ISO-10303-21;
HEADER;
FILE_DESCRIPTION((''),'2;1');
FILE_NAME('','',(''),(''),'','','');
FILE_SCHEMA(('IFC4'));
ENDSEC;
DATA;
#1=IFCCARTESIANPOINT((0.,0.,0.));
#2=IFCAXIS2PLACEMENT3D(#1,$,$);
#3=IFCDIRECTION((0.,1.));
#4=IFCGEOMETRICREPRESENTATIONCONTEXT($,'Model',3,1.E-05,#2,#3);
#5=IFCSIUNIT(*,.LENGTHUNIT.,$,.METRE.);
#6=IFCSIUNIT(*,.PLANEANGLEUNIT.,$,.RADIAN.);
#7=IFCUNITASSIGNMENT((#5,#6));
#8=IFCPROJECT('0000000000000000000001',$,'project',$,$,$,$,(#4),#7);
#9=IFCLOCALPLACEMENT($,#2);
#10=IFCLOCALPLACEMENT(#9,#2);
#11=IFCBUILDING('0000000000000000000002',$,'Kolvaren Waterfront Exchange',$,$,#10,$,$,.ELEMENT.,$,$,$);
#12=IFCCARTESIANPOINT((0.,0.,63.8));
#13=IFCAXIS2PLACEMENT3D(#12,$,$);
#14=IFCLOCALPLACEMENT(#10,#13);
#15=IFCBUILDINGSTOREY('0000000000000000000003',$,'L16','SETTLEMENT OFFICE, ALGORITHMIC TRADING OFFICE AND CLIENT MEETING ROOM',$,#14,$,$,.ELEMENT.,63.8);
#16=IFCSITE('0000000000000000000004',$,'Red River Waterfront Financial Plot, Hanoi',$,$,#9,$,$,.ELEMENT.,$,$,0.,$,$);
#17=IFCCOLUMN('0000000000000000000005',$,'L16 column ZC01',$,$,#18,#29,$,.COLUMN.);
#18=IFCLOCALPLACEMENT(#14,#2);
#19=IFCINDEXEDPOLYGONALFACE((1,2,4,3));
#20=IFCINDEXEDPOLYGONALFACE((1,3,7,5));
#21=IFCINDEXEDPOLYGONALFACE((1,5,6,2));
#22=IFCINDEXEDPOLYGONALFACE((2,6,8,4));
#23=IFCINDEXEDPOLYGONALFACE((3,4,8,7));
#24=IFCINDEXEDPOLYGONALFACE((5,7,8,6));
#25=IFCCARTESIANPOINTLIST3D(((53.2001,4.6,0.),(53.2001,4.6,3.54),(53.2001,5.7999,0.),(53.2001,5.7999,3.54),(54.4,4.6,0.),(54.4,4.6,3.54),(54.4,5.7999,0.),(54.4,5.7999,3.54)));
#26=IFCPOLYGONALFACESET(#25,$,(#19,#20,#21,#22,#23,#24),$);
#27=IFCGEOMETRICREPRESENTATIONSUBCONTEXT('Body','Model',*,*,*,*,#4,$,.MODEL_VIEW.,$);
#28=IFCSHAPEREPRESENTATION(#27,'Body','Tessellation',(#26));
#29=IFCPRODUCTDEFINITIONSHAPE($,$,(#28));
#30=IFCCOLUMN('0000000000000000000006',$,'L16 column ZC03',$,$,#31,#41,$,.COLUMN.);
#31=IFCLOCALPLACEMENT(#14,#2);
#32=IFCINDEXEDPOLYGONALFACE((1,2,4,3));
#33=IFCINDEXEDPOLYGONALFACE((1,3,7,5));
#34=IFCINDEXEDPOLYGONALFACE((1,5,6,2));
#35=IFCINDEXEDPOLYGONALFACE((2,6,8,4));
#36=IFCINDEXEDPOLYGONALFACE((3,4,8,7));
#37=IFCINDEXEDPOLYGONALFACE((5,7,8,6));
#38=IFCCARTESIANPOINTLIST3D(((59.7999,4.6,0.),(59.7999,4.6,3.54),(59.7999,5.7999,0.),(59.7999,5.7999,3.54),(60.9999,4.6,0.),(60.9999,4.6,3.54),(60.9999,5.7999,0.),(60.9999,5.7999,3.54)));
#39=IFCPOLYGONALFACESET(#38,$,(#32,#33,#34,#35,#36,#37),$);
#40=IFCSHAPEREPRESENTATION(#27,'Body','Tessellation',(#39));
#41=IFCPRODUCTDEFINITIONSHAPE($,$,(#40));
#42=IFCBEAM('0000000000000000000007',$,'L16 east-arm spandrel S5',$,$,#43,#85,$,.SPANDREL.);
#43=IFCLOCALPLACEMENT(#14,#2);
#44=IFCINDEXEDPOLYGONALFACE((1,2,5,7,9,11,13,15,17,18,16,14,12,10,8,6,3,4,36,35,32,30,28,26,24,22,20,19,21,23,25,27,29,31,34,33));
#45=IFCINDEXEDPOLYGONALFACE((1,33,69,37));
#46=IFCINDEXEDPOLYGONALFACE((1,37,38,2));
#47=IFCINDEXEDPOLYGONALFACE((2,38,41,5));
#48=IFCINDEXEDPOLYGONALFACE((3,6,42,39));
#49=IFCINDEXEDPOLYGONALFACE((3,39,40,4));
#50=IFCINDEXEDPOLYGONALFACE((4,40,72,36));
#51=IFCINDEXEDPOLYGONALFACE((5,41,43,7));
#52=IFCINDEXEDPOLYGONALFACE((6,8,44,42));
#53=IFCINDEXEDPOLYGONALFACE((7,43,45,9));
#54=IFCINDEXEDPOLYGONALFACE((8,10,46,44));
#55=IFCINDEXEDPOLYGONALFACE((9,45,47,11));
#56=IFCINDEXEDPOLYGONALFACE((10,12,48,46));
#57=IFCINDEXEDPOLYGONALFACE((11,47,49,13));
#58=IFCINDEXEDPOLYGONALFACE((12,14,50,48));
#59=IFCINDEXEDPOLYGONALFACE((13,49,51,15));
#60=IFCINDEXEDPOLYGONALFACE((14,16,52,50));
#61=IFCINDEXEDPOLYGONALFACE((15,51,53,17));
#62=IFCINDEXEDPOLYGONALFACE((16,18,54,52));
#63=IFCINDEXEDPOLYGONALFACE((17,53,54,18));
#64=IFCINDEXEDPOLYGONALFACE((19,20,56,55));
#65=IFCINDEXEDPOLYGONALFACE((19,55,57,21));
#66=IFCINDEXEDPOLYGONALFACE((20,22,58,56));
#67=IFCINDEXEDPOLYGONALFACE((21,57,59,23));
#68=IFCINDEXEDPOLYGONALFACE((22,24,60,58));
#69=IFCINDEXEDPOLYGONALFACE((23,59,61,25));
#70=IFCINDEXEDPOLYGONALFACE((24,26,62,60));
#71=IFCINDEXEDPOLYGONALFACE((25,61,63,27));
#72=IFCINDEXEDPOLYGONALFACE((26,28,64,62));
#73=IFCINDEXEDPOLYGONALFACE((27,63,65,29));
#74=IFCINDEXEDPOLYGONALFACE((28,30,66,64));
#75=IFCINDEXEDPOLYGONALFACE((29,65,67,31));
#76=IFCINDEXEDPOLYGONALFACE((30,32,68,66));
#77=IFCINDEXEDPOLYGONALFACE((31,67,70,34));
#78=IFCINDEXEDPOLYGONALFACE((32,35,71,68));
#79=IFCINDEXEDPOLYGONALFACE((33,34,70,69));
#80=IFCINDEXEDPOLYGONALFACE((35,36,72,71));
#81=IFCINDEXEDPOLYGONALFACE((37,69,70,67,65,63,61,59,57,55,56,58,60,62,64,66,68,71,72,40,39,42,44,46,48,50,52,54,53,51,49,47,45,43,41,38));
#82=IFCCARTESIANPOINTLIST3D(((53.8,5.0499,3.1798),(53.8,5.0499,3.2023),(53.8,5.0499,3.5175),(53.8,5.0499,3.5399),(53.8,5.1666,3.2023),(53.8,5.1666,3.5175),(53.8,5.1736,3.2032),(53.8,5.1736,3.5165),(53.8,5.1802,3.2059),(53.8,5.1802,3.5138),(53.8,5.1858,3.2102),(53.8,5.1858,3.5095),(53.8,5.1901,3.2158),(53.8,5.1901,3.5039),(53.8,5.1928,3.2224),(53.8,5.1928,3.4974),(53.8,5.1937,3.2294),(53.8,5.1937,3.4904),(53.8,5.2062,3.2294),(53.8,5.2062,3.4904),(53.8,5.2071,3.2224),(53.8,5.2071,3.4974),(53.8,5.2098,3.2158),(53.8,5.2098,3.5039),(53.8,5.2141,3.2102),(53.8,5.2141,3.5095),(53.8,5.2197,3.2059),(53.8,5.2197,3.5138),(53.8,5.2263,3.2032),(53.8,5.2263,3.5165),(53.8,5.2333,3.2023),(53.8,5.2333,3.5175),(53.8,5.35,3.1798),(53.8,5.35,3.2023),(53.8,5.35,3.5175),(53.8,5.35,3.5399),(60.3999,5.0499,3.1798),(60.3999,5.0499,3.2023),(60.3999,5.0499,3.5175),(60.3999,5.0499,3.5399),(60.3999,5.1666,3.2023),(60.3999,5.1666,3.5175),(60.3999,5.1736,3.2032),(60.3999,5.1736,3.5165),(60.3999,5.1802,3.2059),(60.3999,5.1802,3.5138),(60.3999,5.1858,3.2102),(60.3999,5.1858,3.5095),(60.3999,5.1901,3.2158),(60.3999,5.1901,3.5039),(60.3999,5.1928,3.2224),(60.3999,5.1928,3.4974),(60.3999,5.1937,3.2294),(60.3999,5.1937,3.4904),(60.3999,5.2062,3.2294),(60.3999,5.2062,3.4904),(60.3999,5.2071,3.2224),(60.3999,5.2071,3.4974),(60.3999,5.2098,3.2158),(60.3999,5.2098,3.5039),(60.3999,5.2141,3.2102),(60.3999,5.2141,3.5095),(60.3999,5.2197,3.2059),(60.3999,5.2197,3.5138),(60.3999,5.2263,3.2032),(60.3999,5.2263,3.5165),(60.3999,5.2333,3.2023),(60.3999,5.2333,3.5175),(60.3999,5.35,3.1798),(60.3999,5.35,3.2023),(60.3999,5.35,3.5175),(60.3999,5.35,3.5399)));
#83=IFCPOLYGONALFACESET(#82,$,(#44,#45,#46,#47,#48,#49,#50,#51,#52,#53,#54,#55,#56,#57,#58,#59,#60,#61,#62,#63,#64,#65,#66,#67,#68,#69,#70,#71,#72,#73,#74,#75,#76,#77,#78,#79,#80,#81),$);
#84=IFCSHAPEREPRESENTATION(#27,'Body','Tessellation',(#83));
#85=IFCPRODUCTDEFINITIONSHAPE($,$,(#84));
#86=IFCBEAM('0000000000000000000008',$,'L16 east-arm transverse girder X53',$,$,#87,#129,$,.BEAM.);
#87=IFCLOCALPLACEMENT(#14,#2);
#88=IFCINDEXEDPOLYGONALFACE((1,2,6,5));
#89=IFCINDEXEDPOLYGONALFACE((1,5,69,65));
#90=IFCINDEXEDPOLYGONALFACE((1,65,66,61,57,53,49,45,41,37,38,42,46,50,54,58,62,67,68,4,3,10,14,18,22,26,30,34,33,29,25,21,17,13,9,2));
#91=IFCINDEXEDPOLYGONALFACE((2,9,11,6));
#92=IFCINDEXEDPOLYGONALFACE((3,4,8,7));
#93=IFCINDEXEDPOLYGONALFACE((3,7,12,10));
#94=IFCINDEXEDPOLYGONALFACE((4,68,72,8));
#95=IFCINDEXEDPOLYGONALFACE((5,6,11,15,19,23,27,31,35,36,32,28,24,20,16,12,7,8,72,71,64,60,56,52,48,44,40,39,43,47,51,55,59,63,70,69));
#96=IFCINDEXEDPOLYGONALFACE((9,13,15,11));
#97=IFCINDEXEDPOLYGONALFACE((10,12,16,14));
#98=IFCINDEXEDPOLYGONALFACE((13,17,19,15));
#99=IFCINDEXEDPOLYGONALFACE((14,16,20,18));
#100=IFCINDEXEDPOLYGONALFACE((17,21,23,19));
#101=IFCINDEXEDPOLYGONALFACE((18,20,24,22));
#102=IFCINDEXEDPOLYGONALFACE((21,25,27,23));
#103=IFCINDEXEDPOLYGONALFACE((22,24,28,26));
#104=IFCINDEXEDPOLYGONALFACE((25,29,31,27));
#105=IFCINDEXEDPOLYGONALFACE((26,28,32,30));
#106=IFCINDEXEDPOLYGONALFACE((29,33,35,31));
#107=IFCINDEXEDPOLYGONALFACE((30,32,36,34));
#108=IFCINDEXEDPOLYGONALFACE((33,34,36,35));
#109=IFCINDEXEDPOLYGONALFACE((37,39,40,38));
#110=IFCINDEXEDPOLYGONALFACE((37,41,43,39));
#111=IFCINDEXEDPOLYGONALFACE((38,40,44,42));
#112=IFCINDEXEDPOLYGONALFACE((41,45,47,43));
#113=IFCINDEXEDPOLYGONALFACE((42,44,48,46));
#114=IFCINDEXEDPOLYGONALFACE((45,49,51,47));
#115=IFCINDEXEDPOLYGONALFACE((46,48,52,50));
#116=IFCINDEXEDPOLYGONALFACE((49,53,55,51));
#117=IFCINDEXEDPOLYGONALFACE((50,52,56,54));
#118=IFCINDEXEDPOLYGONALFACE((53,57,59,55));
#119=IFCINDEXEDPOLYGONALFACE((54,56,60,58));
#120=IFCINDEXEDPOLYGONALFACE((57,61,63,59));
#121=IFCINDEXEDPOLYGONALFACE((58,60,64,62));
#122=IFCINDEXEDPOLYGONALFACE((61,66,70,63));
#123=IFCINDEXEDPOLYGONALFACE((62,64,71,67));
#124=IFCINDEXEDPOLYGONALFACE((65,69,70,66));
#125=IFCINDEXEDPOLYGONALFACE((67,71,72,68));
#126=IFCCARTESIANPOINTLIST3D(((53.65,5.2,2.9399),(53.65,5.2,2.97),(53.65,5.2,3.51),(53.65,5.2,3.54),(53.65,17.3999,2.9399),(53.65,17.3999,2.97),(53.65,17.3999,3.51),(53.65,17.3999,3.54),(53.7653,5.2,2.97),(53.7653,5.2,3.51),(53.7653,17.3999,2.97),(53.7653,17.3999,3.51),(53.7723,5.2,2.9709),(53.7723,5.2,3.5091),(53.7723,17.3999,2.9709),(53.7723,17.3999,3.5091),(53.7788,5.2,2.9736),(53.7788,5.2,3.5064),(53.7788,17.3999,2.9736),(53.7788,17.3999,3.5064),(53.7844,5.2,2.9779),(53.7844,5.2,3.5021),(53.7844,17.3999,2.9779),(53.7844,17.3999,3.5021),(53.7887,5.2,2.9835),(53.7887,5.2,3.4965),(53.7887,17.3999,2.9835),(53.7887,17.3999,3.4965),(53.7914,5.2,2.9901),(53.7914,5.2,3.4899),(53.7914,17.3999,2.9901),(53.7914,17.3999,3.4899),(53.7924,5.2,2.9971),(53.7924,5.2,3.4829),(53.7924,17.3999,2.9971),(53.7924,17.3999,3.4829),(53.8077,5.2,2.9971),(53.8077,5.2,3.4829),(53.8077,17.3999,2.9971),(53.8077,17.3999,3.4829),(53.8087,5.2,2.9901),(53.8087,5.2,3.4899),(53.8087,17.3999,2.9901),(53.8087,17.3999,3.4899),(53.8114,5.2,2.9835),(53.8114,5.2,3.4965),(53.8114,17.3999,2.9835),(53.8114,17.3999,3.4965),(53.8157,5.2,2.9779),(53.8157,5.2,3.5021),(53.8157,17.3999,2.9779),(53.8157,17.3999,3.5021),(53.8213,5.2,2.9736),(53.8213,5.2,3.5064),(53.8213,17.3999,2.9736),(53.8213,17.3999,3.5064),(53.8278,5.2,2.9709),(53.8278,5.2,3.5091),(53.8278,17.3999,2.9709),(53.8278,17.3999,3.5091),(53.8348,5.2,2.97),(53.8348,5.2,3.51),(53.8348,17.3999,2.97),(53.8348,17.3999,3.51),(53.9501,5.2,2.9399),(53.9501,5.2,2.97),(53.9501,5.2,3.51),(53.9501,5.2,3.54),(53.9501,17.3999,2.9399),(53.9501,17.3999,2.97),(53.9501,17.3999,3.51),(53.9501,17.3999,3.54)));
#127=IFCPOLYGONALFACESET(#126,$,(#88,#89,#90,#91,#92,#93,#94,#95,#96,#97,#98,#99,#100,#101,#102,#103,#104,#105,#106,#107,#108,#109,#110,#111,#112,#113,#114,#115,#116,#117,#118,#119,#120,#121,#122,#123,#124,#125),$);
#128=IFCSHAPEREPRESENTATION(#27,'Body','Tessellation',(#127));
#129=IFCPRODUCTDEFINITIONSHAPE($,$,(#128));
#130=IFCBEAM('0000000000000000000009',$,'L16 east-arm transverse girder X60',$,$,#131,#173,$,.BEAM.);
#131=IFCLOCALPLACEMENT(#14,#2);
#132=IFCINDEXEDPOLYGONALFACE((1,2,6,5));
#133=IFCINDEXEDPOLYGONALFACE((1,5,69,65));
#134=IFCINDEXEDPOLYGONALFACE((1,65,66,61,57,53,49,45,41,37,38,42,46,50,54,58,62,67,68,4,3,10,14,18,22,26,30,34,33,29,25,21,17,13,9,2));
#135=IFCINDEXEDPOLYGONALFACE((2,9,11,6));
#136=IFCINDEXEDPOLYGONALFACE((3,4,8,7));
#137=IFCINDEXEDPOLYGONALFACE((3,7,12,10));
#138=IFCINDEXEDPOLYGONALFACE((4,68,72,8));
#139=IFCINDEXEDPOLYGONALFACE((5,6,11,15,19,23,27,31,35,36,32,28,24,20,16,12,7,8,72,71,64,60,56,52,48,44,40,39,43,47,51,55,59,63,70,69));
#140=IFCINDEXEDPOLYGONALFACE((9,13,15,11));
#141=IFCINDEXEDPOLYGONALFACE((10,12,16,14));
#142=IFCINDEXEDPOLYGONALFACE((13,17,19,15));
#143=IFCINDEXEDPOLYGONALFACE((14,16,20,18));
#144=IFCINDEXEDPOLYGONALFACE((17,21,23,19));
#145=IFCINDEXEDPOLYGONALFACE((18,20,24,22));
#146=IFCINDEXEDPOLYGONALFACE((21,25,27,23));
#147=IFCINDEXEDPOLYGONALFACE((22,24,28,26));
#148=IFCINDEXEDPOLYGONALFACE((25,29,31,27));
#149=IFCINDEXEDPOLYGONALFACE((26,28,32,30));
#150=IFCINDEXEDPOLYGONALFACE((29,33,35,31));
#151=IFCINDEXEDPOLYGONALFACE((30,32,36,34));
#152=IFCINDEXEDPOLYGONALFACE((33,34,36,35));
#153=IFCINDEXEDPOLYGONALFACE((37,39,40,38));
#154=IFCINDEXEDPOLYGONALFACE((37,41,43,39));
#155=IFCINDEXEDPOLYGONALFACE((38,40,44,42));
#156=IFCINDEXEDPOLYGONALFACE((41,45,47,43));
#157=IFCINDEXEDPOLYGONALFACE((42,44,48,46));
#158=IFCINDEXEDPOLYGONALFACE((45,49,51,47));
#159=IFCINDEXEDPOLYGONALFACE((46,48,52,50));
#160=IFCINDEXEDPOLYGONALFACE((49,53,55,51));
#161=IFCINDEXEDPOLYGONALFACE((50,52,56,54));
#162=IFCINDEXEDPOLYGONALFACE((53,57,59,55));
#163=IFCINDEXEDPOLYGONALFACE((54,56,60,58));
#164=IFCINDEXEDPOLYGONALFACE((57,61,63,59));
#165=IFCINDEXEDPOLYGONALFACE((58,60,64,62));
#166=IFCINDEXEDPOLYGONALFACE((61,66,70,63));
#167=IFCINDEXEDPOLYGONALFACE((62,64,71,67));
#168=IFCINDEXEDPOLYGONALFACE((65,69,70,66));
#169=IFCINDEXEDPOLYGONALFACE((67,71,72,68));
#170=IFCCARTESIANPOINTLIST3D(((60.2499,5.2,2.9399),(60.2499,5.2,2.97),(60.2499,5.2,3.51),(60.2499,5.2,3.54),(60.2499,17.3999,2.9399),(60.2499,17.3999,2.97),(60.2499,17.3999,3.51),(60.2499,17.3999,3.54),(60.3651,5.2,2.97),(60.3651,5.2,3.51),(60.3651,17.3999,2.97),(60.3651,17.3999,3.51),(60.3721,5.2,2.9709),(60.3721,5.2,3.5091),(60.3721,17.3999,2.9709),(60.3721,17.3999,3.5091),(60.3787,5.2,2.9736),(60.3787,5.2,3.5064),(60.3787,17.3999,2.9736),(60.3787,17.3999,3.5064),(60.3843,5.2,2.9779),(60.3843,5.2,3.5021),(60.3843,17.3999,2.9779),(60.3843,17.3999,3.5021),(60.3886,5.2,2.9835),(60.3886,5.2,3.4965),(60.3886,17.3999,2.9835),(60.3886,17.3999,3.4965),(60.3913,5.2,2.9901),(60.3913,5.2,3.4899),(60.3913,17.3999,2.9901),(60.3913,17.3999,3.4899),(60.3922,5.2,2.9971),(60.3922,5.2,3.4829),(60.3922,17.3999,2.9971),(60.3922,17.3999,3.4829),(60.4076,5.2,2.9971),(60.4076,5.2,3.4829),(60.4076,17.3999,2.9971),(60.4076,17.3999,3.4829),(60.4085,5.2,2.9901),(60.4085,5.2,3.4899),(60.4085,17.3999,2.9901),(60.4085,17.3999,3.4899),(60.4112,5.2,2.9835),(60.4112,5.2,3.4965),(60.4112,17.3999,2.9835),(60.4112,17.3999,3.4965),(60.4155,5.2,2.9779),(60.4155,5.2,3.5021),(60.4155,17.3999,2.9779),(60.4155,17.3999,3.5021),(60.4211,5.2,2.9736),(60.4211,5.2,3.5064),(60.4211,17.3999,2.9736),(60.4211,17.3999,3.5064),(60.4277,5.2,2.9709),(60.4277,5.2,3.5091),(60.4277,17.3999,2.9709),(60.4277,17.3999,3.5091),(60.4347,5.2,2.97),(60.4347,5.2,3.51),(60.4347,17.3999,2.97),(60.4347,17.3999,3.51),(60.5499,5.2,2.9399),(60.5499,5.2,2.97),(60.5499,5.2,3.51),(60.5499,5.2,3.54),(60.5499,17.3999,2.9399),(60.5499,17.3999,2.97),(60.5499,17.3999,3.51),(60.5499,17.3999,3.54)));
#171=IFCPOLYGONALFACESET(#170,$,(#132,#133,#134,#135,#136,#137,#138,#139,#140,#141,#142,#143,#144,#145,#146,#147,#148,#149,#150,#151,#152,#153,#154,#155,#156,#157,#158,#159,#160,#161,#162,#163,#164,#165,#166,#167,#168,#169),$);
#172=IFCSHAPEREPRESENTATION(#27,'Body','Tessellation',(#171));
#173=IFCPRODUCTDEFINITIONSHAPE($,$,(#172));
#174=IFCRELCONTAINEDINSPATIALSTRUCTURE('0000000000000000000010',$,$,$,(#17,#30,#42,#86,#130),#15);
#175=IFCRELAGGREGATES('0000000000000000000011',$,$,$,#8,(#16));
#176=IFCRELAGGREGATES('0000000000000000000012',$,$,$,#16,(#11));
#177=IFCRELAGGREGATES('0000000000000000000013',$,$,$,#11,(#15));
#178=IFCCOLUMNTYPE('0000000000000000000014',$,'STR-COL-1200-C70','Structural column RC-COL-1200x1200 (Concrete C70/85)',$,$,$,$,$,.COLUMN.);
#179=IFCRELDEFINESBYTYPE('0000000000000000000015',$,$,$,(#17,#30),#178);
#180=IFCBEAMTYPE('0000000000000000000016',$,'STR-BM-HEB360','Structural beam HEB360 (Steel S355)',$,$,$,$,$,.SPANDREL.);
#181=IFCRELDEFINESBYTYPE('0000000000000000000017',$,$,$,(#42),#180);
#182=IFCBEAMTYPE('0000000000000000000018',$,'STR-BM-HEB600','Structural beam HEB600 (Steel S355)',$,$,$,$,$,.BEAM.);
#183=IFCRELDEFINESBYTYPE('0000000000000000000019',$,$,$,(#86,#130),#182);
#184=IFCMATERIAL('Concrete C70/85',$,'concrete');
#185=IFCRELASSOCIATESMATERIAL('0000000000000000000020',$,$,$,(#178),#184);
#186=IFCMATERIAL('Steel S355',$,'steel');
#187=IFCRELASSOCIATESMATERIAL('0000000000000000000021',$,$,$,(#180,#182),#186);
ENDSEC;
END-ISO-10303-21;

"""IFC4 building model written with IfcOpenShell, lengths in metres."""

from ifc_helpers import new_model, si_unit, direction, frame, origin, origin_2d, place, context, subcontext, project, spatial, rectangle, i_section, extrude, material, material_profile, profile_set, type_object, element, save


model = new_model("IFC4")

# Units and contexts
model_context = context("Model", 3, precision=1e-05, world=origin(), true_north=direction((0.0, 1.0)))
body_context = subcontext(model_context, "Body", "Model", "MODEL_VIEW")
ifc_project = project(units=[si_unit("LENGTHUNIT", "METRE"), si_unit("PLANEANGLEUNIT", "RADIAN")], contexts=[model_context])

# Site, building, storey
site_placement = place(None, origin())
site = spatial("IfcSite", under=ifc_project, at=site_placement, Name="Red River Waterfront Financial Plot, Hanoi", CompositionType="ELEMENT", RefElevation=0.0)
building_placement = place(site_placement, origin())
building = spatial("IfcBuilding", under=site, at=building_placement, Name="Kolvaren Waterfront Exchange", CompositionType="ELEMENT")
storey_placement = place(building_placement, frame((0.0, 0.0, 63.8)))
storey = spatial("IfcBuildingStorey", under=building, at=storey_placement, Name="L16", Description="SETTLEMENT OFFICE, ALGORITHMIC TRADING OFFICE AND CLIENT MEETING ROOM", CompositionType="ELEMENT", Elevation=63.8)

# Columns
ifc_material_1 = material(Name="Concrete C70/85", Category="concrete")
ifc_material_profile_1 = material_profile(ifc_material_1, rectangle(XDim=1.2, YDim=1.2, at=origin_2d()), Name="RC-COL-1200x1200")
ifc_profile_set_1 = profile_set([ifc_material_profile_1], Name="Concrete C70/85")
column_type = type_object("IfcColumnType", Name="STR-COL-1200-C70", Description="Structural column RC-COL-1200x1200 (Concrete C70/85)", PredefinedType="COLUMN", material=ifc_profile_set_1)
for number, where, z_axis, x_axis, name in (
    (1, (53.8, 5.2, 0.0), (0.0, 0.0, 1.0), (1.0, 0.0, 0.0), "L16 column ZC01"),
    (2, (60.3999, 5.2, 0.0), (0.0, 0.0, 1.0), (1.0, 0.0, 0.0), "L16 column ZC03"),
):
    element("IfcColumn", number, at=place(storey_placement, frame(where, z_axis=z_axis, x_axis=x_axis)), inside=storey, type_object=column_type, Name=name, PredefinedType="COLUMN", context=body_context, shape_type="SweptSolid", body=[
        extrude(rectangle(XDim=1.2, YDim=1.2, at=origin_2d()), origin(), (0.0, 0.0, 1.0), 3.54),
    ])

# Beams
ifc_material_2 = material(Name="Steel S355", Category="steel")
ifc_material_profile_2 = material_profile(ifc_material_2, i_section(OverallWidth=0.3, OverallDepth=0.3601, WebThickness=0.0125, FlangeThickness=0.0225, FilletRadius=0.0271, at=origin_2d()), Name="HEB360")
ifc_profile_set_2 = profile_set([ifc_material_profile_2], Name="Steel S355")
beam_type_1 = type_object("IfcBeamType", Name="STR-BM-HEB360", Description="Structural beam HEB360 (Steel S355)", PredefinedType="SPANDREL", material=ifc_profile_set_2)
beam_1_placement = place(storey_placement, frame((53.8, 5.2, 3.3599), z_axis=(1.0, 0.0, 0.0), x_axis=(0.0, 1.0, 0.0)))
element("IfcBeam", 3, at=beam_1_placement, inside=storey, type_object=beam_type_1, Name="L16 east-arm spandrel S5", PredefinedType="SPANDREL", context=body_context, shape_type="SweptSolid", body=[
    extrude(i_section(OverallWidth=0.3, OverallDepth=0.3601, WebThickness=0.0125, FlangeThickness=0.0225, FilletRadius=0.0271, at=origin_2d()), origin(), (0.0, 0.0, 1.0), 6.5999),
])
ifc_material_profile_3 = material_profile(ifc_material_2, i_section(OverallWidth=0.3, OverallDepth=0.6001, WebThickness=0.0154, FlangeThickness=0.03, FilletRadius=0.0271, at=origin_2d()), Name="HEB600")
ifc_profile_set_3 = profile_set([ifc_material_profile_3], Name="Steel S355")
beam_type_2 = type_object("IfcBeamType", Name="STR-BM-HEB600", Description="Structural beam HEB600 (Steel S355)", PredefinedType="BEAM", material=ifc_profile_set_3)
for number, where, z_axis, x_axis, name in (
    (4, (53.8, 5.2, 3.24), (0.0, 1.0, 0.0), (-1.0, 0.0, 0.0), "L16 east-arm transverse girder X53"),
    (5, (60.3999, 5.2, 3.24), (0.0, 1.0, 0.0), (-1.0, 0.0, 0.0), "L16 east-arm transverse girder X60"),
):
    element("IfcBeam", number, at=place(storey_placement, frame(where, z_axis=z_axis, x_axis=x_axis)), inside=storey, type_object=beam_type_2, Name=name, PredefinedType="BEAM", context=body_context, shape_type="SweptSolid", body=[
        extrude(i_section(OverallWidth=0.3, OverallDepth=0.6001, WebThickness=0.0154, FlangeThickness=0.03, FilletRadius=0.0271, at=origin_2d()), origin(), (0.0, 0.0, 1.0), 12.2),
    ])

save(model, "model.ifc")
